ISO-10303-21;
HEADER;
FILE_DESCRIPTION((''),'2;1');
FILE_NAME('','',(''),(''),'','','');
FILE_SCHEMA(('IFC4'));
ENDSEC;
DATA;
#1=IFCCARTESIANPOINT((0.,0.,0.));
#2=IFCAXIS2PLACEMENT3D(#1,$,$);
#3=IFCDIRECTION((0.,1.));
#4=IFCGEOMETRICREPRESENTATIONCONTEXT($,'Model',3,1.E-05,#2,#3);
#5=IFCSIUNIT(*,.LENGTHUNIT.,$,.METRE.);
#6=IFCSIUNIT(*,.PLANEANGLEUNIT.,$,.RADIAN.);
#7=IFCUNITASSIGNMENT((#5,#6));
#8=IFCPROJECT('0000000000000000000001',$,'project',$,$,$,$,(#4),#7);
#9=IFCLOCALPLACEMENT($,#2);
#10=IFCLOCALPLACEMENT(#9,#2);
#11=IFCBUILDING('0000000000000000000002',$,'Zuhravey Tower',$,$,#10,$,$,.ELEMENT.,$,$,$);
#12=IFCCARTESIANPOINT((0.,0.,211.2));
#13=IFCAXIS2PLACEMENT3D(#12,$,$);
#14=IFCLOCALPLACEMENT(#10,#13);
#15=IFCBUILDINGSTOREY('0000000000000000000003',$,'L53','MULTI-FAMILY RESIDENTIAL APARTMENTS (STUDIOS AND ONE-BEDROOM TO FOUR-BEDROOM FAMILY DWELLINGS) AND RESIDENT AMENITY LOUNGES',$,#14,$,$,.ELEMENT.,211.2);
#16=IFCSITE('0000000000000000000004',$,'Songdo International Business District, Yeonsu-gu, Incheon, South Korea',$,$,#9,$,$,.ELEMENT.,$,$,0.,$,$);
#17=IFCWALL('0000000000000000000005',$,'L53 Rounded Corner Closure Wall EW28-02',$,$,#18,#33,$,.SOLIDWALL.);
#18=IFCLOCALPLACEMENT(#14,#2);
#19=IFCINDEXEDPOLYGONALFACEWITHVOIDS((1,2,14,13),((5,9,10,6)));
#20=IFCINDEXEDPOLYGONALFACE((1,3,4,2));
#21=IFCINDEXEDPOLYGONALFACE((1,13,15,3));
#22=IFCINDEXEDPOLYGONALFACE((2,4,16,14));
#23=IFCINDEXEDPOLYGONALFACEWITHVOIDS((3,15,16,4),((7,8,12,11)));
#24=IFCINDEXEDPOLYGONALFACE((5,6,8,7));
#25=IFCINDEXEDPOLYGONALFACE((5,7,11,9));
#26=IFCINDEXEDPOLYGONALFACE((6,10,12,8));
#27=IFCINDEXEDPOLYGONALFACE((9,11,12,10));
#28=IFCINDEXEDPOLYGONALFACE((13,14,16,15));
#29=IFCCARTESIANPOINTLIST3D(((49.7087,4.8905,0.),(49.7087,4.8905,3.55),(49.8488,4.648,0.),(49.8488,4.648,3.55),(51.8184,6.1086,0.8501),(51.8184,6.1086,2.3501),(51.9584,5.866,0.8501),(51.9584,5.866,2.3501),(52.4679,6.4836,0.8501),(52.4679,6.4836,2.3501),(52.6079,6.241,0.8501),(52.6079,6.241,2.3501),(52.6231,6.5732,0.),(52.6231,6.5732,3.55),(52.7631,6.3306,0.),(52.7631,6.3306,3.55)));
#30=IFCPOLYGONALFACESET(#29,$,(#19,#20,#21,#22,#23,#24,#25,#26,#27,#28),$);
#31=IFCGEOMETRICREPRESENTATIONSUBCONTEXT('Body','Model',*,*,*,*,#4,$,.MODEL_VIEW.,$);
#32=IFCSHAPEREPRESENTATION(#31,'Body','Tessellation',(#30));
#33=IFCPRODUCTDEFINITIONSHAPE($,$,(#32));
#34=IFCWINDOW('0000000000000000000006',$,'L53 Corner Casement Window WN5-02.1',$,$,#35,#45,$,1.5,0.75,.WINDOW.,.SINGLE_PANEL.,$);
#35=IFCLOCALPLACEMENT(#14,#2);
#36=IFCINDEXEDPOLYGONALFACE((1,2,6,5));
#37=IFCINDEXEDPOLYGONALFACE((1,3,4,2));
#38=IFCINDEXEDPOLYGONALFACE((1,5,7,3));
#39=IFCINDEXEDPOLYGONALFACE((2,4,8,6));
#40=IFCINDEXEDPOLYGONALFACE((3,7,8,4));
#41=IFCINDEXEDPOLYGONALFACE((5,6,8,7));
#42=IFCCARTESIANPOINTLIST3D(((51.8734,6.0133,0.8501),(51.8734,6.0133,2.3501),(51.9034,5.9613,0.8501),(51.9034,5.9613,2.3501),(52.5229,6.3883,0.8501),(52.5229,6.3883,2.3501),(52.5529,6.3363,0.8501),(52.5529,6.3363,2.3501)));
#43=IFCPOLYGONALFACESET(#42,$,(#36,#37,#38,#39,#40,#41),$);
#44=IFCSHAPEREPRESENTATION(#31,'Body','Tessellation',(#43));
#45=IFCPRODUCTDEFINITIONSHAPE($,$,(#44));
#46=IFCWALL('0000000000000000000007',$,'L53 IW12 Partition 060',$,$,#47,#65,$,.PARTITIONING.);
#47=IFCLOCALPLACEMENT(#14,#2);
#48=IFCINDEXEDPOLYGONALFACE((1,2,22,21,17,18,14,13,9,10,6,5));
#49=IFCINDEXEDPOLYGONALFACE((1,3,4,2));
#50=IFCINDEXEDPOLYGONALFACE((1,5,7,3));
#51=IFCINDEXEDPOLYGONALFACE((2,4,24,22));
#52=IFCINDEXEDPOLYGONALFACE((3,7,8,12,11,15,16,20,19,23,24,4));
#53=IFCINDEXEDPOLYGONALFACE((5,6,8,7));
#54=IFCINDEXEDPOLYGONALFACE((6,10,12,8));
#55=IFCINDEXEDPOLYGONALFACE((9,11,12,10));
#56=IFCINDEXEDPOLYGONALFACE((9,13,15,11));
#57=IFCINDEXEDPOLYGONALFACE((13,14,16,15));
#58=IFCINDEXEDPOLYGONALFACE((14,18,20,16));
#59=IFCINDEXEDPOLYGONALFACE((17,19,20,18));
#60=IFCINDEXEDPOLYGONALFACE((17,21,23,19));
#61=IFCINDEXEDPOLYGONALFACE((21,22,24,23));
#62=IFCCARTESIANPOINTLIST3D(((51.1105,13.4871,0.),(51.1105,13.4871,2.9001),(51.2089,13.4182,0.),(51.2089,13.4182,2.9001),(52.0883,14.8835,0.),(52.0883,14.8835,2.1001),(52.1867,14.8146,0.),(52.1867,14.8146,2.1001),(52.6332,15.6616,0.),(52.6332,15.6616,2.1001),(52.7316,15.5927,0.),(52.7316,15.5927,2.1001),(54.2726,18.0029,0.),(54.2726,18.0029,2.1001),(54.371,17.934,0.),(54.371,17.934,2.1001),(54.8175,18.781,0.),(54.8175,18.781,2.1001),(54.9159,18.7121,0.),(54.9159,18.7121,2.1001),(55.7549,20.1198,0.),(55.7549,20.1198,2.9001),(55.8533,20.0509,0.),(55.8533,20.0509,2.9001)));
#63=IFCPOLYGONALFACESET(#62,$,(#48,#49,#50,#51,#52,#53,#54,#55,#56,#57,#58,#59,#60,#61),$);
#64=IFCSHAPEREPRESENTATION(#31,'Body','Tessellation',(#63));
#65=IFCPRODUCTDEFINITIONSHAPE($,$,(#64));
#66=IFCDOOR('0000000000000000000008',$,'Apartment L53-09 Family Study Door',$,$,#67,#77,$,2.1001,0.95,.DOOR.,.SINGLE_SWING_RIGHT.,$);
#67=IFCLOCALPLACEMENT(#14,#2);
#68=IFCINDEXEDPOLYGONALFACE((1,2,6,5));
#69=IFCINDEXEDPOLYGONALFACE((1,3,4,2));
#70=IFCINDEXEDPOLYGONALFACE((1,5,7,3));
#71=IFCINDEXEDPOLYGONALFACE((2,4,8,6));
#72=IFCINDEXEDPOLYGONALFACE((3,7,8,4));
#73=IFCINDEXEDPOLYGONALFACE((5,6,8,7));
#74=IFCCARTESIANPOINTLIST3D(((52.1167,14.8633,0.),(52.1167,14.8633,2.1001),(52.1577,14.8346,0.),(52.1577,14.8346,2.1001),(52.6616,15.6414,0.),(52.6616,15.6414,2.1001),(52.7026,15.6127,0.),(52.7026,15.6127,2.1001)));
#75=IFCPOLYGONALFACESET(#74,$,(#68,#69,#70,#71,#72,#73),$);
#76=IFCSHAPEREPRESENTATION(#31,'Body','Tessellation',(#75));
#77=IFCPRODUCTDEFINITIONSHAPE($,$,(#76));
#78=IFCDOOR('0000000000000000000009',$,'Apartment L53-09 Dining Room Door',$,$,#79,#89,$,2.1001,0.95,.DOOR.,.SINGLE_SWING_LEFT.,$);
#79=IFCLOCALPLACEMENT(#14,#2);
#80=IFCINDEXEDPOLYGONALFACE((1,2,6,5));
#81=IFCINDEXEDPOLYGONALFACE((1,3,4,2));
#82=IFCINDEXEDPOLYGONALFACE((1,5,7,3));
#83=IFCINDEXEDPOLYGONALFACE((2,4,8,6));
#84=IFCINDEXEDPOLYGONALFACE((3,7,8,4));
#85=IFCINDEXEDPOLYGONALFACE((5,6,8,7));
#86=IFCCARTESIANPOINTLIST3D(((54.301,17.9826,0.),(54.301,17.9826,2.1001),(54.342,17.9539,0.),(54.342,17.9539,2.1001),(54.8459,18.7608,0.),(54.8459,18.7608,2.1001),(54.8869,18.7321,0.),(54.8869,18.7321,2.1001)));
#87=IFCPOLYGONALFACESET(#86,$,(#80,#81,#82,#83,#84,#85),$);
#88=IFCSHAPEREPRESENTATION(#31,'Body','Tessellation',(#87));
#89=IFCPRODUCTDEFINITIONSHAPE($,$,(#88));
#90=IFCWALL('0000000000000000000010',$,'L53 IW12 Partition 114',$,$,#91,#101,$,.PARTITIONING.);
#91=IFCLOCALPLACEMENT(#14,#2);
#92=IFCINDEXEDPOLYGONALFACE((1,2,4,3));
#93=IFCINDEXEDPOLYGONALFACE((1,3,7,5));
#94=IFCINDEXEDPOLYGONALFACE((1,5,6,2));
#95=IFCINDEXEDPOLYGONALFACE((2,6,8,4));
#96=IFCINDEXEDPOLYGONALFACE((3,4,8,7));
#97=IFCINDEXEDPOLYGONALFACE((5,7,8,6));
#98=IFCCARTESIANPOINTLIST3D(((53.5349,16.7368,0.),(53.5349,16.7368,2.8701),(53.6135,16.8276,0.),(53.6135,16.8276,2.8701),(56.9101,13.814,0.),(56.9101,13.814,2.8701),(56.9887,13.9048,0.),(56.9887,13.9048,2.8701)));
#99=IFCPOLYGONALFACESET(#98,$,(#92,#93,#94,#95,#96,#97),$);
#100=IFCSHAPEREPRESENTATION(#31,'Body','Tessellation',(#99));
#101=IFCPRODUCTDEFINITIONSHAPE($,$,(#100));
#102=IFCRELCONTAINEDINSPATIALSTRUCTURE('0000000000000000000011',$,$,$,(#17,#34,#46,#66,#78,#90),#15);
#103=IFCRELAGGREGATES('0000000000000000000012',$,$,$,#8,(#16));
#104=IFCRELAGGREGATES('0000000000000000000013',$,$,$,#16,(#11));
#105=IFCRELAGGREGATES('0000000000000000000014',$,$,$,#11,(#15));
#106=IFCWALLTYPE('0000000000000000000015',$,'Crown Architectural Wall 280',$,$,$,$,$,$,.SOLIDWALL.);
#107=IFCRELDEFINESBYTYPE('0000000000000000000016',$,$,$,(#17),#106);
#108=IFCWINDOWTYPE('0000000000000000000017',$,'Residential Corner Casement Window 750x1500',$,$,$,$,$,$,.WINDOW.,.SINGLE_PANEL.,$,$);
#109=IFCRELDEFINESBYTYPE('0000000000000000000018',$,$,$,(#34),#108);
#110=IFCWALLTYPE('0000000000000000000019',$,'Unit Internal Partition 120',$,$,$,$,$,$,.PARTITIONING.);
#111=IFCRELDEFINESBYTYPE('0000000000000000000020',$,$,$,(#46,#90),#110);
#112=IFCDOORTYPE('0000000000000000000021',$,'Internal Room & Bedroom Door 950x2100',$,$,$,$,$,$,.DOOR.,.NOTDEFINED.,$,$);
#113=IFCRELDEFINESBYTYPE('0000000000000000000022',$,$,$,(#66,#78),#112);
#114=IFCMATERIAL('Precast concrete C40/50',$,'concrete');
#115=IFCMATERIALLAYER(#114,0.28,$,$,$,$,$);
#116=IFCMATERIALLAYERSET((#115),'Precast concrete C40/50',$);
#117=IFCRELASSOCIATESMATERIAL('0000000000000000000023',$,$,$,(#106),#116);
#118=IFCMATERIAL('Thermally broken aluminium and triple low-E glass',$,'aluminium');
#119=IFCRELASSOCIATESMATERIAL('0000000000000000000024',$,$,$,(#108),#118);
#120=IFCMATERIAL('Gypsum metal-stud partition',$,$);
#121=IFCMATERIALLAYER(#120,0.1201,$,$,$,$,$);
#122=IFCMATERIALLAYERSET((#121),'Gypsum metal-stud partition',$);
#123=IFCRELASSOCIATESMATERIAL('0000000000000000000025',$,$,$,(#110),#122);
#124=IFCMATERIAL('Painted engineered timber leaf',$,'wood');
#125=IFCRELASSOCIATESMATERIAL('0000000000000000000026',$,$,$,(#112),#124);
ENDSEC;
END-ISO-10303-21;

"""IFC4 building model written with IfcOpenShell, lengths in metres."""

from ifc_helpers import new_model, si_unit, direction, frame, frame_2d, origin, place, context, subcontext, project, spatial, rectangle, extrude, material, layer, layer_set, type_object, element, fill, save


model = new_model("IFC4")

# Units and contexts
model_context = context("Model", 3, precision=1e-05, world=origin(), true_north=direction((0.0, 1.0)))
body_context = subcontext(model_context, "Body", "Model", "MODEL_VIEW")
ifc_project = project(units=[si_unit("LENGTHUNIT", "METRE"), si_unit("PLANEANGLEUNIT", "RADIAN")], contexts=[model_context])

# Site, building, storey
site_placement = place(None, origin())
site = spatial("IfcSite", under=ifc_project, at=site_placement, Name="Songdo International Business District, Yeonsu-gu, Incheon, South Korea", CompositionType="ELEMENT", RefElevation=0.0)
building_placement = place(site_placement, origin())
building = spatial("IfcBuilding", under=site, at=building_placement, Name="Zuhravey Tower", CompositionType="ELEMENT")
storey_placement = place(building_placement, frame((0.0, 0.0, 211.2)))
storey = spatial("IfcBuildingStorey", under=building, at=storey_placement, Name="L53", Description="MULTI-FAMILY RESIDENTIAL APARTMENTS (STUDIOS AND ONE-BEDROOM TO FOUR-BEDROOM FAMILY DWELLINGS) AND RESIDENT AMENITY LOUNGES", CompositionType="ELEMENT", Elevation=211.2)

# Shared definitions
ifc_material_1 = material(Name="Precast concrete C40/50", Category="concrete")
ifc_layer_1 = layer(ifc_material_1, 0.28)
ifc_layer_set_1 = layer_set([ifc_layer_1], Name="Precast concrete C40/50")
wall_type_1 = type_object("IfcWallType", Name="Crown Architectural Wall 280", PredefinedType="SOLIDWALL", material=ifc_layer_set_1)

# Wall, opening, window
wall_1_placement = place(storey_placement, frame((52.6931, 6.4519, 0.0), z_axis=(0.0, 0.0, 1.0), x_axis=(-0.86602, -0.500009, 0.0)))
wall_1 = element("IfcWall", 1, at=wall_1_placement, inside=storey, type_object=wall_type_1, Name="L53 Rounded Corner Closure Wall EW28-02", PredefinedType="SOLIDWALL", context=body_context, shape_type="SweptSolid", body=[
    extrude(rectangle(XDim=3.3652, YDim=0.28, at=frame_2d((1.6826, 0.0))), origin(), (0.0, 0.0, 1.0), 3.55),
])
opening_1_placement = place(wall_1_placement, frame((0.1792, 0.0, 0.8501)))
opening_1 = element("IfcOpeningElement", 2, at=opening_1_placement, cuts=wall_1, PredefinedType="OPENING", context=body_context, shape_type="SweptSolid", body=[
    extrude(rectangle(XDim=0.75, YDim=1.5, at=frame_2d((0.375, 0.75))), frame((0.0, 0.1521, 0.0), z_axis=(0.0, -1.0, 0.0), x_axis=(1.0, 0.0, 0.0)), (0.0, 0.0, 1.0), 0.304),
])
ifc_material_2 = material(Name="Thermally broken aluminium and triple low-E glass", Category="aluminium")
window_type = type_object("IfcWindowType", Name="Residential Corner Casement Window 750x1500", PartitioningType="SINGLE_PANEL", PredefinedType="WINDOW", material=ifc_material_2)
window_placement = place(opening_1_placement, origin())
window = element("IfcWindow", 3, at=window_placement, inside=storey, type_object=window_type, Name="L53 Corner Casement Window WN5-02.1", OverallHeight=1.5, OverallWidth=0.75, PartitioningType="SINGLE_PANEL", PredefinedType="WINDOW", context=body_context, shape_type="SweptSolid", body=[
    extrude(rectangle(XDim=0.75, YDim=1.5, at=frame_2d((0.375, 0.75))), frame((0.0, 0.03, 0.0), z_axis=(0.0, -1.0, 0.0), x_axis=(1.0, 0.0, 0.0)), (0.0, 0.0, 1.0), 0.0601),
])
fill(opening_1, window)

# Wall, openings, doors
ifc_material_3 = material(Name="Gypsum metal-stud partition")
ifc_layer_2 = layer(ifc_material_3, 0.1201)
ifc_layer_set_2 = layer_set([ifc_layer_2], Name="Gypsum metal-stud partition")
wall_type_2 = type_object("IfcWallType", Name="Unit Internal Partition 120", PredefinedType="PARTITIONING", material=ifc_layer_set_2)
wall_2_placement = place(storey_placement, frame((51.1597, 13.4526, 0.0), z_axis=(0.0, 0.0, 1.0), x_axis=(0.573592, 0.819141, 0.0)))
wall_2 = element("IfcWall", 4, at=wall_2_placement, inside=storey, type_object=wall_type_2, Name="L53 IW12 Partition 060", PredefinedType="PARTITIONING", context=body_context, shape_type="SweptSolid", body=[
    extrude(rectangle(XDim=8.0972, YDim=0.1201, at=frame_2d((4.0486, 0.0))), origin(), (0.0, 0.0, 1.0), 2.9001),
])
opening_2_placement = place(wall_2_placement, frame((1.7046, 0.0, 0.0)))
opening_2 = element("IfcOpeningElement", 5, at=opening_2_placement, cuts=wall_2, PredefinedType="OPENING", context=body_context, shape_type="SweptSolid", body=[
    extrude(rectangle(XDim=0.95, YDim=2.1001, at=frame_2d((0.4751, 1.05))), frame((0.0, 0.072, 0.0), z_axis=(0.0, -1.0, 0.0), x_axis=(1.0, 0.0, 0.0)), (0.0, 0.0, 1.0), 0.144),
])
opening_3_placement = place(wall_2_placement, frame((5.5127, 0.0, 0.0)))
opening_3 = element("IfcOpeningElement", 6, at=opening_3_placement, cuts=wall_2, PredefinedType="OPENING", context=body_context, shape_type="SweptSolid", body=[
    extrude(rectangle(XDim=0.95, YDim=2.1001, at=frame_2d((0.4751, 1.05))), frame((0.0, 0.072, 0.0), z_axis=(0.0, -1.0, 0.0), x_axis=(1.0, 0.0, 0.0)), (0.0, 0.0, 1.0), 0.144),
])
ifc_material_4 = material(Name="Painted engineered timber leaf", Category="wood")
door_type_1 = type_object("IfcDoorType", Name="Internal Room & Bedroom Door 950x2100", OperationType="NOTDEFINED", PredefinedType="DOOR", material=ifc_material_4)
door_1_placement = place(opening_2_placement, frame((0.95, 0.0, 0.0), z_axis=(0.0, 0.0, 1.0), x_axis=(-1.0, 0.0, 0.0)))
door_1 = element("IfcDoor", 7, at=door_1_placement, inside=storey, type_object=door_type_1, Name="Apartment L53-09 Family Study Door", OperationType="SINGLE_SWING_RIGHT", OverallHeight=2.1001, OverallWidth=0.95, PredefinedType="DOOR", context=body_context, shape_type="SweptSolid", body=[
    extrude(rectangle(XDim=0.95, YDim=2.1001, at=frame_2d((0.4751, 1.05))), frame((0.0, 0.0249, 0.0), z_axis=(0.0, -1.0, 0.0), x_axis=(1.0, 0.0, 0.0)), (0.0, 0.0, 1.0), 0.05),
])
fill(opening_2, door_1)
door_2_placement = place(opening_3_placement, frame((0.95, 0.0, 0.0), z_axis=(0.0, 0.0, 1.0), x_axis=(-1.0, 0.0, 0.0)))
door_2 = element("IfcDoor", 8, at=door_2_placement, inside=storey, type_object=door_type_1, Name="Apartment L53-09 Dining Room Door", OperationType="SINGLE_SWING_LEFT", OverallHeight=2.1001, OverallWidth=0.95, PredefinedType="DOOR", context=body_context, shape_type="SweptSolid", body=[
    extrude(rectangle(XDim=0.95, YDim=2.1001, at=frame_2d((0.4751, 1.05))), frame((0.0, 0.0249, 0.0), z_axis=(0.0, -1.0, 0.0), x_axis=(1.0, 0.0, 0.0)), (0.0, 0.0, 1.0), 0.05),
])
fill(opening_3, door_2)

# Wall
wall_3_placement = place(storey_placement, frame((53.5742, 16.7822, 0.0), z_axis=(0.0, 0.0, 1.0), x_axis=(0.755951, -0.654629, 0.0)))
element("IfcWall", 9, at=wall_3_placement, inside=storey, type_object=wall_type_2, Name="L53 IW12 Partition 114", PredefinedType="PARTITIONING", context=body_context, shape_type="SweptSolid", body=[
    extrude(rectangle(XDim=4.4648, YDim=0.1201, at=frame_2d((2.2324, 0.0))), origin(), (0.0, 0.0, 1.0), 2.8701),
])

save(model, "model.ifc")
